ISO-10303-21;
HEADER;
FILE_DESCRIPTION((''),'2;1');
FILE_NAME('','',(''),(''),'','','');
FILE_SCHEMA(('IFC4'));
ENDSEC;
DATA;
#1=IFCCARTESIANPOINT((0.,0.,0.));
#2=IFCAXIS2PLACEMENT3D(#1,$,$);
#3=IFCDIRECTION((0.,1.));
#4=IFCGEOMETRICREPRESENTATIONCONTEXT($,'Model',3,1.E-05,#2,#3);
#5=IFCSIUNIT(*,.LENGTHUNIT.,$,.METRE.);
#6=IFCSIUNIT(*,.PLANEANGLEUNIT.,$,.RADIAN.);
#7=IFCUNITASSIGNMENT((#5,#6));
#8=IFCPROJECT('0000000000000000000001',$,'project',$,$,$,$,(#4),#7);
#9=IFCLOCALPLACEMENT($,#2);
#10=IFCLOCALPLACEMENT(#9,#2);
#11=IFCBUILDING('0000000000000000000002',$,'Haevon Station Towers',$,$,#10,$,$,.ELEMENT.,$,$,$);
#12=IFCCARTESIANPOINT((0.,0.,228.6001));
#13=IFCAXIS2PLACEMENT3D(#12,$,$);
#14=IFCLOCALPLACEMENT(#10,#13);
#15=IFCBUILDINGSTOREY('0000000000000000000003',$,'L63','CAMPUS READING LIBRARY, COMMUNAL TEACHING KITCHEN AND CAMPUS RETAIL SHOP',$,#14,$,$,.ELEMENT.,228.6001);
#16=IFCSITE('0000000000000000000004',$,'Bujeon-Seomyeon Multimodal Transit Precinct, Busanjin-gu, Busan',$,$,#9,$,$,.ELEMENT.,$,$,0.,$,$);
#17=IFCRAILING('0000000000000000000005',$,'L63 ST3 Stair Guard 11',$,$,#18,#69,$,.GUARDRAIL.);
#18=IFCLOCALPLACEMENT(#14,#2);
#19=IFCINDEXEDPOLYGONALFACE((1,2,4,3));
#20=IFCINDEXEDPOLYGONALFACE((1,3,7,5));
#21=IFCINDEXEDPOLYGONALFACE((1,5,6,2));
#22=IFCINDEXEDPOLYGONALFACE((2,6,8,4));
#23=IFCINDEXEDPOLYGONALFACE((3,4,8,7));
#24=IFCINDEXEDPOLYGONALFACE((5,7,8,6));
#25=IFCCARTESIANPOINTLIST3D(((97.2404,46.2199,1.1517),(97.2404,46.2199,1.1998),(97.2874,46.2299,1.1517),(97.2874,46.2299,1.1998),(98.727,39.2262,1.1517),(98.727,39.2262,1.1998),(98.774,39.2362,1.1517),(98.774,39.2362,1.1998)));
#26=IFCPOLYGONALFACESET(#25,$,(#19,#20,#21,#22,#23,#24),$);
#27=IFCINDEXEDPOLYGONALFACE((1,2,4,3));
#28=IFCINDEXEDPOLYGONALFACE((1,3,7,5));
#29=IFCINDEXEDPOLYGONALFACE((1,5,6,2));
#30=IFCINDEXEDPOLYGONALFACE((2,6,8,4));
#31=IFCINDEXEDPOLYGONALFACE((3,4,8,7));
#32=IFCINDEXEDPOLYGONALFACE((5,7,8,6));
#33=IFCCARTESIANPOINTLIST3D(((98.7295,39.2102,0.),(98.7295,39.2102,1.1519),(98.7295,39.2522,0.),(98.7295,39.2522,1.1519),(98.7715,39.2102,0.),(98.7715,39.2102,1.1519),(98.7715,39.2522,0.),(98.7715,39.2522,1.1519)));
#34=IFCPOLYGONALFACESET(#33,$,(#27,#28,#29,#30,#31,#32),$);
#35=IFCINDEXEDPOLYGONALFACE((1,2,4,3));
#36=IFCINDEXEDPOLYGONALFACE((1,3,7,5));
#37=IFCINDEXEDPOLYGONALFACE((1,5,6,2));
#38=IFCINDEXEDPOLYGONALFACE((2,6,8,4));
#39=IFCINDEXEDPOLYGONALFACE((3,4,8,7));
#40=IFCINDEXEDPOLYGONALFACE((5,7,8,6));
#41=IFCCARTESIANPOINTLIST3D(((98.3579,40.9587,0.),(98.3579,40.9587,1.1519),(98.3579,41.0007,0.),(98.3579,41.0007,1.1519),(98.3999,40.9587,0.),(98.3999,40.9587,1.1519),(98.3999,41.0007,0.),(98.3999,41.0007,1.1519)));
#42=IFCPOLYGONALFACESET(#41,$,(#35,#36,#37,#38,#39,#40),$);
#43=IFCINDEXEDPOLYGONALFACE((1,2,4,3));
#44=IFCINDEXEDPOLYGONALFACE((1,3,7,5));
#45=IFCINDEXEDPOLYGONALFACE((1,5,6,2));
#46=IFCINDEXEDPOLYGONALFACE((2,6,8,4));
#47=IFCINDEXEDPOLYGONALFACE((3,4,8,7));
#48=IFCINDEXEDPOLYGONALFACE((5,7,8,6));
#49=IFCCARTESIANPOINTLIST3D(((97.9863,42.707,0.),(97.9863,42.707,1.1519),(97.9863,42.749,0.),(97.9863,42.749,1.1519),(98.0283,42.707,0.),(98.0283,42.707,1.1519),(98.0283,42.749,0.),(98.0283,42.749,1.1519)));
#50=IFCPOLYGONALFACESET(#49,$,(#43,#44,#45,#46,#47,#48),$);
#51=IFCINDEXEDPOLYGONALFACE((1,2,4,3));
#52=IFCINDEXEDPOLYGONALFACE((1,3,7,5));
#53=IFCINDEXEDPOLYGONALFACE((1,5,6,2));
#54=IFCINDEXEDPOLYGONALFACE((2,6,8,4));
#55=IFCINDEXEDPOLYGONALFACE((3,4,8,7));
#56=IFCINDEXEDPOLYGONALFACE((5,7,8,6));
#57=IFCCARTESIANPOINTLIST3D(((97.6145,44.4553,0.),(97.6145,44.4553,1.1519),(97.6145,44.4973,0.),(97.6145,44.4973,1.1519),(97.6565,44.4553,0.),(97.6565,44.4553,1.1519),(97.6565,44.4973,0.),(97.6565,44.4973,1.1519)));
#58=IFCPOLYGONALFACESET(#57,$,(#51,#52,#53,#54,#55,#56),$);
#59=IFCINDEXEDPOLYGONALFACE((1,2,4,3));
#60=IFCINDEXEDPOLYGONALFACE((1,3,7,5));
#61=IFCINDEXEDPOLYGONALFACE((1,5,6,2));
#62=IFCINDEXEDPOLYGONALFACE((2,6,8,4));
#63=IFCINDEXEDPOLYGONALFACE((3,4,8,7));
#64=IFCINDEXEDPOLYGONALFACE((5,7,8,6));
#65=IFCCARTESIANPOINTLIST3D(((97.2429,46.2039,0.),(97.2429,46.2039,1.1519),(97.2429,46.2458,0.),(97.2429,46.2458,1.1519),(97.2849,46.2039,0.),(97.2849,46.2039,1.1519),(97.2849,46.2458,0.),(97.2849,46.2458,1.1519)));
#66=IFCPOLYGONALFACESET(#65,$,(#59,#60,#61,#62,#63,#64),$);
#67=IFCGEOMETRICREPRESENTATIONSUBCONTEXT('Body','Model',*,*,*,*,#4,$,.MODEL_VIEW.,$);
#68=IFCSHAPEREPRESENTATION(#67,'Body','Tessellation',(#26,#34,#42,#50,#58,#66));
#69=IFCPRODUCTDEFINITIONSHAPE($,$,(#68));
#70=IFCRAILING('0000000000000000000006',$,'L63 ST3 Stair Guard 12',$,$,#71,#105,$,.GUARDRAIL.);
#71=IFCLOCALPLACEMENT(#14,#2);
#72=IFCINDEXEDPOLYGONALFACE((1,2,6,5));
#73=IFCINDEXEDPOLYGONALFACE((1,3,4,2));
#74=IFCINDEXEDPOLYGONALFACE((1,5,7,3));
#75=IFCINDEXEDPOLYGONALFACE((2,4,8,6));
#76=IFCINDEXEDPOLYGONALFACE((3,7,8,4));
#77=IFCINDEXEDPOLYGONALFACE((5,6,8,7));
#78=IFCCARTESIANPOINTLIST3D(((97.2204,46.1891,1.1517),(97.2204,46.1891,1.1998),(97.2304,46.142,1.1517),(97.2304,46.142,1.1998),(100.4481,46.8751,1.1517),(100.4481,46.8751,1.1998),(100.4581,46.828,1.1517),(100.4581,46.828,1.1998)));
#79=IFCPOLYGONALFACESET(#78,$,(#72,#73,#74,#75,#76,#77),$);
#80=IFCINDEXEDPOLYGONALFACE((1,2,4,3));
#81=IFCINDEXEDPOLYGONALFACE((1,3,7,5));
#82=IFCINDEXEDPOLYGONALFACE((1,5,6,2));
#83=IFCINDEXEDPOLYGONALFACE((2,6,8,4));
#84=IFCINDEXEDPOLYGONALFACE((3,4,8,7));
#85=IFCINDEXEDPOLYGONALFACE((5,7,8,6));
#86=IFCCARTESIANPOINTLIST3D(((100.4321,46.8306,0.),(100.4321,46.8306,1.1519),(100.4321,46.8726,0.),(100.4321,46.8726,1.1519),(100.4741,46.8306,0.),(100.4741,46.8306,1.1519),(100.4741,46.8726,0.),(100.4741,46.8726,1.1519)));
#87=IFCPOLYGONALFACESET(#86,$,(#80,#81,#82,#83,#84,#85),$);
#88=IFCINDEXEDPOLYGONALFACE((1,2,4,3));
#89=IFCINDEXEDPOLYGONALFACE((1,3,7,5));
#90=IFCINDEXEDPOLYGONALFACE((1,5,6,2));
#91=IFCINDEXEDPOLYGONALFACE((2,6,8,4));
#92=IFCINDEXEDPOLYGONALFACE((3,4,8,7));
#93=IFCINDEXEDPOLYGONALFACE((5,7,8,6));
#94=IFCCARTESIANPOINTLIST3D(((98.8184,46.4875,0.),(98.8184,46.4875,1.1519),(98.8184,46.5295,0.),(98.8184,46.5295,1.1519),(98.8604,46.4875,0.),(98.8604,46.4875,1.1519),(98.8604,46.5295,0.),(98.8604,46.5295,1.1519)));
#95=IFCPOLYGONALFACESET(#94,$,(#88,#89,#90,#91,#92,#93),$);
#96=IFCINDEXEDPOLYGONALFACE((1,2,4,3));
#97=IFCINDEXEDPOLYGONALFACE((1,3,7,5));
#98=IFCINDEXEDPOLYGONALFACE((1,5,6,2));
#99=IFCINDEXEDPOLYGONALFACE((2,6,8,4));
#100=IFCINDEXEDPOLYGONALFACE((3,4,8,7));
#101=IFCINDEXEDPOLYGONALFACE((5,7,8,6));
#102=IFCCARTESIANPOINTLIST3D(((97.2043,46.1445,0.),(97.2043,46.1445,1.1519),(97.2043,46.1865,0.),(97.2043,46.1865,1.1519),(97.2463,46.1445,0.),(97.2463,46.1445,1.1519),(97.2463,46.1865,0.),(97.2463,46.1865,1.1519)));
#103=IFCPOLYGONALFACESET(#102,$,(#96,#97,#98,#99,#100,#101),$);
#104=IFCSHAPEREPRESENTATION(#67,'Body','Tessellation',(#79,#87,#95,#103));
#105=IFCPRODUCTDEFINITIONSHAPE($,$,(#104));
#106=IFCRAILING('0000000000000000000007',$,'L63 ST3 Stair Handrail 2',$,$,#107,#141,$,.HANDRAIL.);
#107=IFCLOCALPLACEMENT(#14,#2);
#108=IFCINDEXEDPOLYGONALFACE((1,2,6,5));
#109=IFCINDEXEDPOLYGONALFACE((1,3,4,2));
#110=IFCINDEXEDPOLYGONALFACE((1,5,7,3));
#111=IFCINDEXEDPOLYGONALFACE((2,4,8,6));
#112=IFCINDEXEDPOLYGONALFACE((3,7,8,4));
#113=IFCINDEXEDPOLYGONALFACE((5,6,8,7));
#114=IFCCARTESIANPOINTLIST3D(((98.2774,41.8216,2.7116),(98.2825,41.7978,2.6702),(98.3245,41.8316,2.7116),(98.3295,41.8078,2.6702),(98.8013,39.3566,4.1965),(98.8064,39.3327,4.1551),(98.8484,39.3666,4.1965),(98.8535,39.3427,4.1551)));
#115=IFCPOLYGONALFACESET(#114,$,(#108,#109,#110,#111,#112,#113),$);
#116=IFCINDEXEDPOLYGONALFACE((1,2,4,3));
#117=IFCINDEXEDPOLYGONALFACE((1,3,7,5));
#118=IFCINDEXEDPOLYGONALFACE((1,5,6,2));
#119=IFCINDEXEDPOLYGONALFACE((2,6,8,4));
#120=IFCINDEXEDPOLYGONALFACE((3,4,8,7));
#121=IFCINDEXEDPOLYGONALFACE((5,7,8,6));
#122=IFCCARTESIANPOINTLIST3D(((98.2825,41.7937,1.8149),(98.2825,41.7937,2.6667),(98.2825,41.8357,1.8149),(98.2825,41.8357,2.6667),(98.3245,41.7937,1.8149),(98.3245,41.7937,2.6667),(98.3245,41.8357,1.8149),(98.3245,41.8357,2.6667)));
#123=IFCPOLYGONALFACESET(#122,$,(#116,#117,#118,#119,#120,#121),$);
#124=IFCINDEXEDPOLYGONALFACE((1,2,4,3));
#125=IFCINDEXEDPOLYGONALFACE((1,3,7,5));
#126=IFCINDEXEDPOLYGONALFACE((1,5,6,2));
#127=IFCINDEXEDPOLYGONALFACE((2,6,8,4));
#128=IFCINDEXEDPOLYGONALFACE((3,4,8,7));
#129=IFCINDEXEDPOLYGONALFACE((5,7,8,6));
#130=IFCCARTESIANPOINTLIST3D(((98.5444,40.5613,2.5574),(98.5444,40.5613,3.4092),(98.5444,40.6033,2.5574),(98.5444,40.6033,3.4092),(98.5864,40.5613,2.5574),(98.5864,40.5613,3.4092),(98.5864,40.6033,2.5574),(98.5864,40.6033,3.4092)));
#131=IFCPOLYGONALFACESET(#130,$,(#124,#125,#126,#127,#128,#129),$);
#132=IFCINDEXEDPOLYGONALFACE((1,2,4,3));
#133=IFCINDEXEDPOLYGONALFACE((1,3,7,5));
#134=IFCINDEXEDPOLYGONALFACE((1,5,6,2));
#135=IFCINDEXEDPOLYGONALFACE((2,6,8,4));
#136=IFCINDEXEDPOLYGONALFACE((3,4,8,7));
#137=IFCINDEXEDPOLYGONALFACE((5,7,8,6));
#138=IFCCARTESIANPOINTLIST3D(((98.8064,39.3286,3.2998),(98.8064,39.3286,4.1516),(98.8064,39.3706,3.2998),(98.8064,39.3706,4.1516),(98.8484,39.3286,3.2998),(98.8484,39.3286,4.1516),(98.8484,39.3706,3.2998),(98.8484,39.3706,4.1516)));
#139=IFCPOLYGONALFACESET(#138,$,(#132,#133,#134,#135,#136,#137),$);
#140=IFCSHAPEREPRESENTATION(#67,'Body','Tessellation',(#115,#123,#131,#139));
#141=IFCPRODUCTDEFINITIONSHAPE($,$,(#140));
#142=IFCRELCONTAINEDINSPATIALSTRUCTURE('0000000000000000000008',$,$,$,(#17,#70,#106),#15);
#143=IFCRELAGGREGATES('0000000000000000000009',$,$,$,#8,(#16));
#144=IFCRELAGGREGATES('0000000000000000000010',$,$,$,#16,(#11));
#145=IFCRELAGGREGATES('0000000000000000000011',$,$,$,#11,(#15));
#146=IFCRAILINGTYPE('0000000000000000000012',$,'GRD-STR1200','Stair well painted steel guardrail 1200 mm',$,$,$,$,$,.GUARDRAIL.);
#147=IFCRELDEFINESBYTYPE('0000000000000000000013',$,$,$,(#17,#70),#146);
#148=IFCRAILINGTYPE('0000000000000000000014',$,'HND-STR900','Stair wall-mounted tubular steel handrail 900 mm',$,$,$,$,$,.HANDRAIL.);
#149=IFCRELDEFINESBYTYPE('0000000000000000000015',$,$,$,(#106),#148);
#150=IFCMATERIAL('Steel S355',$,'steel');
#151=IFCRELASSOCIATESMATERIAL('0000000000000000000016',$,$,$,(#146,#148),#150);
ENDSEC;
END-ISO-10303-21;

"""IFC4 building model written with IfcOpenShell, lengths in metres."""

from ifc_helpers import new_model, si_unit, direction, frame, origin, origin_2d, place, context, subcontext, project, spatial, rectangle, extrude, material, type_object, element, save


model = new_model("IFC4")

# Units and contexts
model_context = context("Model", 3, precision=1e-05, world=origin(), true_north=direction((0.0, 1.0)))
body_context = subcontext(model_context, "Body", "Model", "MODEL_VIEW")
ifc_project = project(units=[si_unit("LENGTHUNIT", "METRE"), si_unit("PLANEANGLEUNIT", "RADIAN")], contexts=[model_context])

# Site, building, storey
site_placement = place(None, origin())
site = spatial("IfcSite", under=ifc_project, at=site_placement, Name="Bujeon-Seomyeon Multimodal Transit Precinct, Busanjin-gu, Busan", CompositionType="ELEMENT", RefElevation=0.0)
building_placement = place(site_placement, origin())
building = spatial("IfcBuilding", under=site, at=building_placement, Name="Haevon Station Towers", CompositionType="ELEMENT")
storey_placement = place(building_placement, frame((0.0, 0.0, 228.6001)))
storey = spatial("IfcBuildingStorey", under=building, at=storey_placement, Name="L63", Description="CAMPUS READING LIBRARY, COMMUNAL TEACHING KITCHEN AND CAMPUS RETAIL SHOP", CompositionType="ELEMENT", Elevation=228.6001)

# Shared definitions
ifc_material_1 = material(Name="Steel S355", Category="steel")

# Railings
railing_type_1 = type_object("IfcRailingType", Name="GRD-STR1200", Description="Stair well painted steel guardrail 1200 mm", PredefinedType="GUARDRAIL", material=ifc_material_1)
railing_1_placement = place(storey_placement, frame((98.7505, 39.2312, 0.0)))
element("IfcRailing", 1, at=railing_1_placement, inside=storey, type_object=railing_type_1, Name="L63 ST3 Stair Guard 11", PredefinedType="GUARDRAIL", context=body_context, shape_type="SweptSolid", body=[
    extrude(rectangle(XDim=0.0481, YDim=0.0481, at=origin_2d()), frame((0.0, 0.0, 1.1758), z_axis=(-0.207915, 0.978147, 0.0), x_axis=(-0.978147, -0.207915, 0.0)), (0.0, 0.0, 1.0), 7.1499),
    extrude(rectangle(XDim=0.042, YDim=0.042, at=origin_2d()), origin(), (0.0, 0.0, 1.0), 1.1519),
    extrude(rectangle(XDim=0.042, YDim=0.042, at=origin_2d()), frame((-0.3716, 1.7485, 0.0)), (0.0, 0.0, 1.0), 1.1519),
    extrude(rectangle(XDim=0.042, YDim=0.042, at=origin_2d()), frame((-0.7432, 3.4968, 0.0)), (0.0, 0.0, 1.0), 1.1519),
    extrude(rectangle(XDim=0.042, YDim=0.042, at=origin_2d()), frame((-1.115, 5.2451, 0.0)), (0.0, 0.0, 1.0), 1.1519),
    extrude(rectangle(XDim=0.042, YDim=0.042, at=origin_2d()), frame((-1.4866, 6.9937, 0.0)), (0.0, 0.0, 1.0), 1.1519),
])
railing_2_placement = place(storey_placement, frame((100.4531, 46.8516, 0.0)))
element("IfcRailing", 2, at=railing_2_placement, inside=storey, type_object=railing_type_1, Name="L63 ST3 Stair Guard 12", PredefinedType="GUARDRAIL", context=body_context, shape_type="SweptSolid", body=[
    extrude(rectangle(XDim=0.0481, YDim=0.0481, at=origin_2d()), frame((0.0, 0.0, 1.1758), z_axis=(-0.978151, -0.207897, 0.0), x_axis=(0.207897, -0.978151, 0.0)), (0.0, 0.0, 1.0), 3.2998),
    extrude(rectangle(XDim=0.042, YDim=0.042, at=origin_2d()), origin(), (0.0, 0.0, 1.0), 1.1519),
    extrude(rectangle(XDim=0.042, YDim=0.042, at=origin_2d()), frame((-1.6138, -0.343, 0.0)), (0.0, 0.0, 1.0), 1.1519),
    extrude(rectangle(XDim=0.042, YDim=0.042, at=origin_2d()), frame((-3.2278, -0.686, 0.0)), (0.0, 0.0, 1.0), 1.1519),
])
railing_type_2 = type_object("IfcRailingType", Name="HND-STR900", Description="Stair wall-mounted tubular steel handrail 900 mm", PredefinedType="HANDRAIL", material=ifc_material_1)
railing_3_placement = place(storey_placement, frame((98.3035, 41.8147, 1.8149)))
element("IfcRailing", 3, at=railing_3_placement, inside=storey, type_object=railing_type_2, Name="L63 ST3 Stair Handrail 2", PredefinedType="HANDRAIL", context=body_context, shape_type="SweptSolid", body=[
    extrude(rectangle(XDim=0.0481, YDim=0.0481, at=origin_2d()), frame((0.0, 0.0, 0.876), z_axis=(0.179116, -0.842748, 0.507635), x_axis=(0.978151, 0.207895, 0.0)), (0.0, 0.0, 1.0), 2.925),
    extrude(rectangle(XDim=0.042, YDim=0.042, at=origin_2d()), origin(), (0.0, 0.0, 1.0), 0.8518),
    extrude(rectangle(XDim=0.042, YDim=0.042, at=origin_2d()), frame((0.262, -1.2324, 0.7424)), (0.0, 0.0, 1.0), 0.8518),
    extrude(rectangle(XDim=0.042, YDim=0.042, at=origin_2d()), frame((0.5239, -2.4651, 1.4849)), (0.0, 0.0, 1.0), 0.8518),
])

save(model, "model.ifc")
